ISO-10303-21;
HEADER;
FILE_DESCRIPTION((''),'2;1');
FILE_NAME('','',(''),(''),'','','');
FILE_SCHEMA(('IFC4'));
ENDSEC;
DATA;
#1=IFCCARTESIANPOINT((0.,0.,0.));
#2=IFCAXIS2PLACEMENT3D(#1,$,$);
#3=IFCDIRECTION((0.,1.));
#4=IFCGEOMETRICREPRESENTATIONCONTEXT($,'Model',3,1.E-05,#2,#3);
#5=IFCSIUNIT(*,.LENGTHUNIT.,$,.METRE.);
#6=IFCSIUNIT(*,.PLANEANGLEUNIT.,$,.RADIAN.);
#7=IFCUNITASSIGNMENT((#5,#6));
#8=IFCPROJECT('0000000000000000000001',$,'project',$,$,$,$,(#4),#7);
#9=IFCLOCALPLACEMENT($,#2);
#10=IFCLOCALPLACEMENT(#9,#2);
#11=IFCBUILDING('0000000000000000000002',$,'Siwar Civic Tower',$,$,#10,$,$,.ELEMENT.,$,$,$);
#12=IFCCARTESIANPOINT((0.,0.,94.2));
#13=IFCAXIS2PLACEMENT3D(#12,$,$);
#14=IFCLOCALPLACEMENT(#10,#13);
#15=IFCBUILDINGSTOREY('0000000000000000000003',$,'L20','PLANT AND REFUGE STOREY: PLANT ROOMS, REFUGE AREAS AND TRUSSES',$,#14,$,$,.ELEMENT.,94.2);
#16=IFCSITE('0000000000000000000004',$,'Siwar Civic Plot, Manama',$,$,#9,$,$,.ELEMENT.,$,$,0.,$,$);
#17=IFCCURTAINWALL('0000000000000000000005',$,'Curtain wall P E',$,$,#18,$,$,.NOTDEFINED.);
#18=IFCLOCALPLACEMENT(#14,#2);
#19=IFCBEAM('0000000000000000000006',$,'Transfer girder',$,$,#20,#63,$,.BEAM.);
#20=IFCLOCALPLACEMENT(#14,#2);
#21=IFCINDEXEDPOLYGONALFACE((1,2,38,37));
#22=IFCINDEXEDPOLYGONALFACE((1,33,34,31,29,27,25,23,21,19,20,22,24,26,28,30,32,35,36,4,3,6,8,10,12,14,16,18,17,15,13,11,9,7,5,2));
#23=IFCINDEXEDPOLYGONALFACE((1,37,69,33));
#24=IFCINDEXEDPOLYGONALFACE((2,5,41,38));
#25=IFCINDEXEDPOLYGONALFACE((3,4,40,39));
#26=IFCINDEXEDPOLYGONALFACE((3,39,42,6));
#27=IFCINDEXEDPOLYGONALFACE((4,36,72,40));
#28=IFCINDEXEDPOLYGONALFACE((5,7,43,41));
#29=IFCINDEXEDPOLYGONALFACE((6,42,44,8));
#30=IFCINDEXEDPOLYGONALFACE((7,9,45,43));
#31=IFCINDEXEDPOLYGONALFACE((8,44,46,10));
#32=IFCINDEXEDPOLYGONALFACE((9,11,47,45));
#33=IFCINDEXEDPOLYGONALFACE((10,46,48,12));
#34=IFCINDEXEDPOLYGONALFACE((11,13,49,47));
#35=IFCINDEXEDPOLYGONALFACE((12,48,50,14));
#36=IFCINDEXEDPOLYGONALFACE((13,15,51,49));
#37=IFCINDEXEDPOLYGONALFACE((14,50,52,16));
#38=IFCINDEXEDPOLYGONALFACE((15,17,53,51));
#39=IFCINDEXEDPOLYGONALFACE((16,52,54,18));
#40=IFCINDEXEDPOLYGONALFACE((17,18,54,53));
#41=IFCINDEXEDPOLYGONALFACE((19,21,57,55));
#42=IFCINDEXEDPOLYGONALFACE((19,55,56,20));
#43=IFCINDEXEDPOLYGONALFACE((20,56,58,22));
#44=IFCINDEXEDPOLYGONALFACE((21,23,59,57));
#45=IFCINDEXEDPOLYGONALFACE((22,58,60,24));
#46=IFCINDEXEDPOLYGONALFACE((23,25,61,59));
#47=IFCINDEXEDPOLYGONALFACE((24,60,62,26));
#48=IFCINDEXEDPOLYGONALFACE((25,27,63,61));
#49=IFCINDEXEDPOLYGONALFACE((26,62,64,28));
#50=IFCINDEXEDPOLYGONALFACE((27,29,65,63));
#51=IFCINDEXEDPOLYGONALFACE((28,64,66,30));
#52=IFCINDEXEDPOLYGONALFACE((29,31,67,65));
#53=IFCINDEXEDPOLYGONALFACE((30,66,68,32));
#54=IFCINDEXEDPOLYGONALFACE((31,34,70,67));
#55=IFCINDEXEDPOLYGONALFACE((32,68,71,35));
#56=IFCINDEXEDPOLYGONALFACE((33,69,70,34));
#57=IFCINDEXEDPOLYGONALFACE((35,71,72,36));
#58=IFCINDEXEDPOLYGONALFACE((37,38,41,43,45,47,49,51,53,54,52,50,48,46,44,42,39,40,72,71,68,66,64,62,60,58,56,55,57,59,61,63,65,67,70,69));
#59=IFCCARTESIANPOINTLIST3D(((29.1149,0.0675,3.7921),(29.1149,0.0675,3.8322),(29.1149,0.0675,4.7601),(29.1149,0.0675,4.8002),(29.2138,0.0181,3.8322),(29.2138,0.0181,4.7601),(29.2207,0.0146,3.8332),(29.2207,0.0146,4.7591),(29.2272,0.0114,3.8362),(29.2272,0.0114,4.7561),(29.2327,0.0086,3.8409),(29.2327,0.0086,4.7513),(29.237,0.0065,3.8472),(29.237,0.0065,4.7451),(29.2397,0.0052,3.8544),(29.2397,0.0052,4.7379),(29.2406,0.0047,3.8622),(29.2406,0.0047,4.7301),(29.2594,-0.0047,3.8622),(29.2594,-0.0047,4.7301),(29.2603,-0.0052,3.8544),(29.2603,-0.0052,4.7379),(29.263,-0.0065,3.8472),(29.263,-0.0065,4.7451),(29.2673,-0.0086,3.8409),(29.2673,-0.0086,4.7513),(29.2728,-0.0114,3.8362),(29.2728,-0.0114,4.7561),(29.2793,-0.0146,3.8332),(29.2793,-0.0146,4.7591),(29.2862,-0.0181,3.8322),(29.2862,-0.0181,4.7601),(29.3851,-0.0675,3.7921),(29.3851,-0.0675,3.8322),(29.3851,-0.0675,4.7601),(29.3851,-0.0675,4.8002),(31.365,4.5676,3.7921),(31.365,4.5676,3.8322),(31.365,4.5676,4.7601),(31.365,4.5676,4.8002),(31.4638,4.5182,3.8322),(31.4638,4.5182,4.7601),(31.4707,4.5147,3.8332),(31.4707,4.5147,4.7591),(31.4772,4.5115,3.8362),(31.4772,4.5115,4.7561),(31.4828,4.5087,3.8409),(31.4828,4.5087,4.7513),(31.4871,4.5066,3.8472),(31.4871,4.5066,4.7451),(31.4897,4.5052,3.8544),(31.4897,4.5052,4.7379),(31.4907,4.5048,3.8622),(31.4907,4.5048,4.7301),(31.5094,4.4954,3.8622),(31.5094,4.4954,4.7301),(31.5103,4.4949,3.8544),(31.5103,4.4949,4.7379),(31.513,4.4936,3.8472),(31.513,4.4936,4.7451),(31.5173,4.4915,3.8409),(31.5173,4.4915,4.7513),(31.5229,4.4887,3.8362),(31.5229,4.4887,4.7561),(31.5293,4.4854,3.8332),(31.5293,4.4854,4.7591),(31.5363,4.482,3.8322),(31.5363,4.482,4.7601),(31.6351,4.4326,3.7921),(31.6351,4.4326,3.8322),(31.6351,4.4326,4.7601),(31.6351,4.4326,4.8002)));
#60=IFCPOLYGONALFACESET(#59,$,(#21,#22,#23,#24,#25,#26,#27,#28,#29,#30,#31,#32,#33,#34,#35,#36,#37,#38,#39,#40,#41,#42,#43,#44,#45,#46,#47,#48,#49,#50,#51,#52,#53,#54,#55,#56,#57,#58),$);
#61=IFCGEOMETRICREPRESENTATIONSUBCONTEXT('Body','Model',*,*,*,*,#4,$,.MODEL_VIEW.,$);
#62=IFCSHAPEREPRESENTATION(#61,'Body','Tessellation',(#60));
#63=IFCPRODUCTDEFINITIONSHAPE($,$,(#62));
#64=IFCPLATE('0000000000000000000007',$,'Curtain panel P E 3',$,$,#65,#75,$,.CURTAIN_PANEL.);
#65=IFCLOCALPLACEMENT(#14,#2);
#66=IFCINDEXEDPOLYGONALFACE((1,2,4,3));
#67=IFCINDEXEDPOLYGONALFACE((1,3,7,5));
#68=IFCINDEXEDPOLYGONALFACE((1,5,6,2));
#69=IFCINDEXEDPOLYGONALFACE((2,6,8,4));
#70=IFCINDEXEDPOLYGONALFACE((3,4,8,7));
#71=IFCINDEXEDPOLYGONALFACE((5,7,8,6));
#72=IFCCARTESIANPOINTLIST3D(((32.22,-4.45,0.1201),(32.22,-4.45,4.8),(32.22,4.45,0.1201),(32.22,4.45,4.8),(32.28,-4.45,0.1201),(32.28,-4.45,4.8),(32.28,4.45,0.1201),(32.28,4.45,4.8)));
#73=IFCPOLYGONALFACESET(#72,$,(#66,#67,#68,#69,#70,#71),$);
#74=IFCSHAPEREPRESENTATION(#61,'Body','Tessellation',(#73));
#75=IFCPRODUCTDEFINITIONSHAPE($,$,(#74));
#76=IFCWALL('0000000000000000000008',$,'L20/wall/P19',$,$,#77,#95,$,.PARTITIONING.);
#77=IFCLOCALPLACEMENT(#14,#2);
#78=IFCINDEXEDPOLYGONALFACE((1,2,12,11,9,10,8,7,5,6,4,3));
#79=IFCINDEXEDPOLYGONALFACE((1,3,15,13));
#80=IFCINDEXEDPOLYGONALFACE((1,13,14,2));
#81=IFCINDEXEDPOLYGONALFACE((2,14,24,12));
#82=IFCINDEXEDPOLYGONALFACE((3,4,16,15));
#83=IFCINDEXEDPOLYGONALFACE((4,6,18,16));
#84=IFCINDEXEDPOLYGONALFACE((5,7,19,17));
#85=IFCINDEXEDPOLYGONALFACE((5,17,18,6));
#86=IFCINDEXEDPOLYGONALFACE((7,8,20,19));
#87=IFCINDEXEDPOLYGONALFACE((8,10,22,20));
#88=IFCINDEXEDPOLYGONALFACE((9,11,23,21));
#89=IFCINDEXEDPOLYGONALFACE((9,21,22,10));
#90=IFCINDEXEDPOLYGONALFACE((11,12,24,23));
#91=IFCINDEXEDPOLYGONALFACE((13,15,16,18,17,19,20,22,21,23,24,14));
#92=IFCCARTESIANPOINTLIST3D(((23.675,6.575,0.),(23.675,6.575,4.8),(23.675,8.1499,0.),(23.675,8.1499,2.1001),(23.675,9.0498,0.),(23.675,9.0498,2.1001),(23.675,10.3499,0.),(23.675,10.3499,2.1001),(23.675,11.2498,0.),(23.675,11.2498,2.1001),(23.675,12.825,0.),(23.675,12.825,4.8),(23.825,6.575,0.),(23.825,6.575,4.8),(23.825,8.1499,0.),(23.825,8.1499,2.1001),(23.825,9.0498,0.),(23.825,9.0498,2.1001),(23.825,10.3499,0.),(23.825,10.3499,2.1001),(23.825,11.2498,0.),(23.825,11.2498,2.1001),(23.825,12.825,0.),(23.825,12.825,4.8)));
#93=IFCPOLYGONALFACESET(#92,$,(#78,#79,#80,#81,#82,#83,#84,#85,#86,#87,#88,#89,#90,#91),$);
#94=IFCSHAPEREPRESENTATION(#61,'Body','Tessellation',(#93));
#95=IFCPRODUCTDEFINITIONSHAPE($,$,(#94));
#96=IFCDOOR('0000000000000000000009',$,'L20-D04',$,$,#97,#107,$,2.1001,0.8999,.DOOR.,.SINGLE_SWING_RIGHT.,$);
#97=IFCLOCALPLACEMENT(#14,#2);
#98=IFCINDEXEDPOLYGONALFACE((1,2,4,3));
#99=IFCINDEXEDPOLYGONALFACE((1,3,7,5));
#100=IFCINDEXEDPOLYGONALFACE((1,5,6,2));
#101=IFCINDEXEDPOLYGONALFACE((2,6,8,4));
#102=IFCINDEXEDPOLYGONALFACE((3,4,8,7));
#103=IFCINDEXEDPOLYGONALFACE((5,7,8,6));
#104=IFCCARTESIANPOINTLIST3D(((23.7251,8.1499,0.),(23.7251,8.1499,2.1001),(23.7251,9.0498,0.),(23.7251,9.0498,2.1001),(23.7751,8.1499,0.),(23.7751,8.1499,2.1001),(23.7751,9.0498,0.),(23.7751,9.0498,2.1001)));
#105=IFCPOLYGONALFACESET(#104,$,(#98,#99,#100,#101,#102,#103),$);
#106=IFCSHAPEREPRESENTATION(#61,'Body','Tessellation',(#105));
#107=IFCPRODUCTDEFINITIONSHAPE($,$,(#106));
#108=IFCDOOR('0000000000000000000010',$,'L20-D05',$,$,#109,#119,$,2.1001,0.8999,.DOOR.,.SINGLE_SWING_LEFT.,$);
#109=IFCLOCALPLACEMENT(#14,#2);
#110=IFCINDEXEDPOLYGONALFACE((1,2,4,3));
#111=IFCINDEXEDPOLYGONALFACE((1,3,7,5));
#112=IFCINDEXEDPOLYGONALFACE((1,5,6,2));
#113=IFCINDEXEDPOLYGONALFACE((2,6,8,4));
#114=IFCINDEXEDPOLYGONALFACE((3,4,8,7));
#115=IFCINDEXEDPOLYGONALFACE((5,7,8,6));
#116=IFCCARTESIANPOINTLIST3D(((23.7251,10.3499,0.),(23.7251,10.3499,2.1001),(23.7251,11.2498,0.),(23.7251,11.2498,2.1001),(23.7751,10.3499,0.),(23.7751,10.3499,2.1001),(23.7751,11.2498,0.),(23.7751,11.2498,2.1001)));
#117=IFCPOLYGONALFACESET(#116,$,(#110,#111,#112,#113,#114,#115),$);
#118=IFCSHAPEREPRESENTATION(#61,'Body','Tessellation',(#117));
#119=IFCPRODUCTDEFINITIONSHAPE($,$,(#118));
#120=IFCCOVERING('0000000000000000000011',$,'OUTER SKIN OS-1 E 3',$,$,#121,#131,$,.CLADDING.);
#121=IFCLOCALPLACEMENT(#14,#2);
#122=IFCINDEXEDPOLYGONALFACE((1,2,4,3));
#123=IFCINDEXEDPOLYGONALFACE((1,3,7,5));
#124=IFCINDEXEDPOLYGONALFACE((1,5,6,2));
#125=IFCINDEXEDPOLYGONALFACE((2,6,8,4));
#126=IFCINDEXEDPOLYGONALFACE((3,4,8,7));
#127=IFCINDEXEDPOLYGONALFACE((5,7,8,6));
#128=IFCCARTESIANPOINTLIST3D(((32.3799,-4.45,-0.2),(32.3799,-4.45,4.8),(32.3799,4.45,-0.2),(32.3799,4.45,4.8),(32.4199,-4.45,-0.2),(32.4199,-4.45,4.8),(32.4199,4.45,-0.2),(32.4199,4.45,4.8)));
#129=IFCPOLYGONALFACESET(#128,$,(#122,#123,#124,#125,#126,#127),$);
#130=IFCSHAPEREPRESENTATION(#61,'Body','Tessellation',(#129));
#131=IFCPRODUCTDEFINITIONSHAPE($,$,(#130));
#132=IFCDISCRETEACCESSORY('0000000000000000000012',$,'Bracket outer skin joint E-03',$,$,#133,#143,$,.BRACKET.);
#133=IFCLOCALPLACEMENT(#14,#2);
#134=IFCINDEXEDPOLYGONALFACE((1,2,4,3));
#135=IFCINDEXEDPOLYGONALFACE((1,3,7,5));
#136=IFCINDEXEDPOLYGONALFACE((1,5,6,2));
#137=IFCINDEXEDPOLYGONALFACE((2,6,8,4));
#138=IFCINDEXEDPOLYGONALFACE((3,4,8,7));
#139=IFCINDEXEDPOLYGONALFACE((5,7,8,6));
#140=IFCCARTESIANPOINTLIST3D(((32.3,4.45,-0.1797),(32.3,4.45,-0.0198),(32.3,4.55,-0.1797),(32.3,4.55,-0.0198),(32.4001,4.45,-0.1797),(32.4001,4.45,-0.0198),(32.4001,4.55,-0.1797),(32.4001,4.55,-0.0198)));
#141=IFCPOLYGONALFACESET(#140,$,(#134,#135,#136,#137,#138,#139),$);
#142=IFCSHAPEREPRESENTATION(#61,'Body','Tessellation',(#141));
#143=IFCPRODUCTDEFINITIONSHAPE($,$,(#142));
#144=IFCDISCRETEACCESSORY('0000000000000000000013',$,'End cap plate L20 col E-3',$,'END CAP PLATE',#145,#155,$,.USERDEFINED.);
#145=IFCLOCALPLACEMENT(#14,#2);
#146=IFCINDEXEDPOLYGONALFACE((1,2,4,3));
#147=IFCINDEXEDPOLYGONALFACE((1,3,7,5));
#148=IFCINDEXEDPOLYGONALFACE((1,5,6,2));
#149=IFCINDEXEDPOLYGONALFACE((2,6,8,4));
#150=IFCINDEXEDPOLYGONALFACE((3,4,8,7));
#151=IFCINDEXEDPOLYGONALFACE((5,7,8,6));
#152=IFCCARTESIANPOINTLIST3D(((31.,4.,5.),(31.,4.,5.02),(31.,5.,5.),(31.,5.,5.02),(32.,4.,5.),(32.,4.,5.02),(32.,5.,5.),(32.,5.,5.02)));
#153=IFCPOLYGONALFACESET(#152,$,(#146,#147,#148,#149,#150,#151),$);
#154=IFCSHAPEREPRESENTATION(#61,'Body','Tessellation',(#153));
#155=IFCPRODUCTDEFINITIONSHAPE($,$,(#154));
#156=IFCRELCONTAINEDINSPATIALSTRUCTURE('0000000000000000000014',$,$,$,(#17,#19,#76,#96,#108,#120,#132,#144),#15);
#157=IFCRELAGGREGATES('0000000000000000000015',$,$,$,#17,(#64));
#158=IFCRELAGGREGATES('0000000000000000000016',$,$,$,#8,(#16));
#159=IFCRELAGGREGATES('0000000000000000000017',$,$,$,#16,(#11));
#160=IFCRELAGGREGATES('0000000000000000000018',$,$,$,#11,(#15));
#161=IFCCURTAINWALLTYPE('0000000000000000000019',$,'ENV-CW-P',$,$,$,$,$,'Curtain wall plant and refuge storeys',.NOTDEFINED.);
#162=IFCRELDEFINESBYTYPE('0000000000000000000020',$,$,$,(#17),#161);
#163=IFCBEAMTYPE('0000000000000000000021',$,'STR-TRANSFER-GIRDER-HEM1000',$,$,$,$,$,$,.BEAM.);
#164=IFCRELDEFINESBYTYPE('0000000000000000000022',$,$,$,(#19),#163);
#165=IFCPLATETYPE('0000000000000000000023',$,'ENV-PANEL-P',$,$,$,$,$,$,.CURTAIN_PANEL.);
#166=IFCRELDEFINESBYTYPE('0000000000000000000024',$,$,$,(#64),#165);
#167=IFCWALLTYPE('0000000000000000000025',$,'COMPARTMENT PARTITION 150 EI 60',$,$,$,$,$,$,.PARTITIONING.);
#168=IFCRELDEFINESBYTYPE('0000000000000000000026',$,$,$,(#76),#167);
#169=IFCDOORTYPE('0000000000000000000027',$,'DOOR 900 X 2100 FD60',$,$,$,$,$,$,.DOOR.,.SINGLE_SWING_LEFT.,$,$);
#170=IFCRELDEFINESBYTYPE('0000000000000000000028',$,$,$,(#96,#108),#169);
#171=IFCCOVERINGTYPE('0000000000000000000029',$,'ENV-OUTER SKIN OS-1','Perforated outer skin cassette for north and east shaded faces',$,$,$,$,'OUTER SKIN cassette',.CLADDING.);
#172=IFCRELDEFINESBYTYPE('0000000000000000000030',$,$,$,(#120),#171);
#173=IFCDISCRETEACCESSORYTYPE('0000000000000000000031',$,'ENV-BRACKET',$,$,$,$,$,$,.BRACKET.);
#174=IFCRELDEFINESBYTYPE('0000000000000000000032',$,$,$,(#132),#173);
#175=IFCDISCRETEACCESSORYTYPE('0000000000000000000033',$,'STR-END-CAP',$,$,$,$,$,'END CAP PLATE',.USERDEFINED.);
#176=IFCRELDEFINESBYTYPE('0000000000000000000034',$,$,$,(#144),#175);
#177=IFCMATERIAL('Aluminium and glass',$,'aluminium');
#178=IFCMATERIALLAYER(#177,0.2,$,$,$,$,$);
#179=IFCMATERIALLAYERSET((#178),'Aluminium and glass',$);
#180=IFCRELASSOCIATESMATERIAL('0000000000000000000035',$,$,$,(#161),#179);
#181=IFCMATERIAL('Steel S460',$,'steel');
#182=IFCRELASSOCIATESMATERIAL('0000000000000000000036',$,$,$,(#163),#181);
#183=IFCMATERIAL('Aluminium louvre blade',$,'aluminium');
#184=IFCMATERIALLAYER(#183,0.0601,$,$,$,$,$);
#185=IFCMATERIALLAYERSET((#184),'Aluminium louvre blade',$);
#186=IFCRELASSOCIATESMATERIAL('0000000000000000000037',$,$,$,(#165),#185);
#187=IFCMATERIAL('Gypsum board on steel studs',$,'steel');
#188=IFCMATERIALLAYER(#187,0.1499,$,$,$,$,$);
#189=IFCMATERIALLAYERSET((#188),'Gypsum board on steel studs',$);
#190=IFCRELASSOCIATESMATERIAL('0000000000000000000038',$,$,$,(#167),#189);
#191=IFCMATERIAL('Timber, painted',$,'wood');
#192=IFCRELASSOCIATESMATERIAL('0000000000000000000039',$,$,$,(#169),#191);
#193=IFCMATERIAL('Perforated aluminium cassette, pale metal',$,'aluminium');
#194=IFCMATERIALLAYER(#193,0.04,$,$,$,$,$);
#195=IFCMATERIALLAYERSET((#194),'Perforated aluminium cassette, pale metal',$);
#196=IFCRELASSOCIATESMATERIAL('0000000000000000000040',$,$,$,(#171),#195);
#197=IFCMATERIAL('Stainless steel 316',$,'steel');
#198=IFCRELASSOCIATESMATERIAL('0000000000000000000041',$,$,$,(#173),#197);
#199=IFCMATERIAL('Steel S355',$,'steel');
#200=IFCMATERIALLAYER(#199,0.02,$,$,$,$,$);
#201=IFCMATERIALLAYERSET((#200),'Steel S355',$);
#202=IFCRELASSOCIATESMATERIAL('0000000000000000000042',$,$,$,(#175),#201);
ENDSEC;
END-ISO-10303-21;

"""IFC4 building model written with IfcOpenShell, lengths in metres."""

from ifc_helpers import new_model, si_unit, direction, frame, frame_2d, origin, origin_2d, place, context, subcontext, project, spatial, rectangle, i_section, extrude, material, layer, layer_set, material_profile, profile_set, type_object, element, fill, aggregate, save


model = new_model("IFC4")

# Units and contexts
model_context = context("Model", 3, precision=1e-05, world=origin(), true_north=direction((0.0, 1.0)))
body_context = subcontext(model_context, "Body", "Model", "MODEL_VIEW")
ifc_project = project(units=[si_unit("LENGTHUNIT", "METRE"), si_unit("PLANEANGLEUNIT", "RADIAN")], contexts=[model_context])

# Site, building, storey
site_placement = place(None, origin())
site = spatial("IfcSite", under=ifc_project, at=site_placement, Name="Siwar Civic Plot, Manama", CompositionType="ELEMENT", RefElevation=0.0)
building_placement = place(site_placement, origin())
building = spatial("IfcBuilding", under=site, at=building_placement, Name="Siwar Civic Tower", CompositionType="ELEMENT")
storey_placement = place(building_placement, frame((0.0, 0.0, 94.2)))
storey = spatial("IfcBuildingStorey", under=building, at=storey_placement, Name="L20", Description="PLANT AND REFUGE STOREY: PLANT ROOMS, REFUGE AREAS AND TRUSSES", CompositionType="ELEMENT", Elevation=94.2)

# Curtain wall
ifc_material_1 = material(Name="Aluminium and glass", Category="aluminium")
ifc_layer_1 = layer(ifc_material_1, 0.2)
ifc_layer_set_1 = layer_set([ifc_layer_1], Name="Aluminium and glass")
curtain_wall_type = type_object("IfcCurtainWallType", Name="ENV-CW-P", ElementType="Curtain wall plant and refuge storeys", PredefinedType="NOTDEFINED", material=ifc_layer_set_1)
curtain_wall_placement = place(storey_placement, origin())
curtain_wall = element("IfcCurtainWall", 1, at=curtain_wall_placement, inside=storey, type_object=curtain_wall_type, Name="Curtain wall P E", PredefinedType="NOTDEFINED")

# Beam
ifc_material_2 = material(Name="Steel S460", Category="steel")
ifc_material_profile_1 = material_profile(ifc_material_2, i_section(OverallWidth=0.302, OverallDepth=1.0081, WebThickness=0.021, FlangeThickness=0.04, FilletRadius=0.03, at=origin_2d()), Name="HEM1000")
ifc_profile_set_1 = profile_set([ifc_material_profile_1], Name="Steel S460")
beam_type_1 = type_object("IfcBeamType", Name="STR-TRANSFER-GIRDER-HEM1000", PredefinedType="BEAM", material=ifc_profile_set_1)
for number, where, z_axis, x_axis, name in (
    (2, (29.25, 0.0, 4.2961), (0.447214, 0.894427, 0.0), (-0.894427, 0.447214, 0.0), "Transfer girder"),
):
    element("IfcBeam", number, at=place(storey_placement, frame(where, z_axis=z_axis, x_axis=x_axis)), inside=storey, type_object=beam_type_1, Name=name, PredefinedType="BEAM", context=body_context, shape_type="SweptSolid", body=[
        extrude(i_section(OverallWidth=0.302, OverallDepth=1.0081, WebThickness=0.021, FlangeThickness=0.04, FilletRadius=0.03, at=origin_2d()), origin(), (0.0, 0.0, 1.0), 5.0312),
    ])

# Plate
ifc_material_3 = material(Name="Aluminium louvre blade", Category="aluminium")
ifc_layer_2 = layer(ifc_material_3, 0.0601)
ifc_layer_set_2 = layer_set([ifc_layer_2], Name="Aluminium louvre blade")
plate_type = type_object("IfcPlateType", Name="ENV-PANEL-P", PredefinedType="CURTAIN_PANEL", material=ifc_layer_set_2)
plate_placement = place(storey_placement, frame((32.25, 0.0, 0.1201), z_axis=(0.0, 0.0, 1.0), x_axis=(0.0, 1.0, 0.0)))
plate = element("IfcPlate", 3, at=plate_placement, type_object=plate_type, Name="Curtain panel P E 3", PredefinedType="CURTAIN_PANEL", context=body_context, shape_type="SweptSolid", body=[
    extrude(rectangle(XDim=8.8999, YDim=0.0601, at=origin_2d()), origin(), (0.0, 0.0, 1.0), 4.6799),
])
aggregate(curtain_wall, [plate])

# Wall, openings, doors
ifc_material_4 = material(Name="Gypsum board on steel studs", Category="steel")
ifc_layer_3 = layer(ifc_material_4, 0.1499)
ifc_layer_set_3 = layer_set([ifc_layer_3], Name="Gypsum board on steel studs")
wall_type = type_object("IfcWallType", Name="COMPARTMENT PARTITION 150 EI 60", PredefinedType="PARTITIONING", material=ifc_layer_set_3)
wall_placement = place(storey_placement, frame((23.75, 6.575, 0.0), z_axis=(0.0, 0.0, 1.0), x_axis=(0.0, 1.0, 0.0)))
wall = element("IfcWall", 4, at=wall_placement, inside=storey, type_object=wall_type, Name="L20/wall/P19", PredefinedType="PARTITIONING", context=body_context, shape_type="SweptSolid", body=[
    extrude(rectangle(XDim=6.25, YDim=0.1499, at=frame_2d((3.125, 0.0))), origin(), (0.0, 0.0, 1.0), 4.8),
])
opening_1_placement = place(wall_placement, frame((1.575, 0.0, 0.0)))
opening_1 = element("IfcOpeningElement", 5, at=opening_1_placement, cuts=wall, PredefinedType="OPENING", context=body_context, shape_type="SweptSolid", body=[
    extrude(rectangle(XDim=0.8999, YDim=2.1001, at=frame_2d((0.45, 1.05))), frame((0.0, 0.085, 0.0), z_axis=(0.0, -1.0, 0.0), x_axis=(1.0, 0.0, 0.0)), (0.0, 0.0, 1.0), 0.1699),
])
opening_2_placement = place(wall_placement, frame((3.7749, 0.0, 0.0)))
opening_2 = element("IfcOpeningElement", 6, at=opening_2_placement, cuts=wall, PredefinedType="OPENING", context=body_context, shape_type="SweptSolid", body=[
    extrude(rectangle(XDim=0.8999, YDim=2.1001, at=frame_2d((0.45, 1.05))), frame((0.0, 0.085, 0.0), z_axis=(0.0, -1.0, 0.0), x_axis=(1.0, 0.0, 0.0)), (0.0, 0.0, 1.0), 0.1699),
])
ifc_material_5 = material(Name="Timber, painted", Category="wood")
door_type = type_object("IfcDoorType", Name="DOOR 900 X 2100 FD60", OperationType="SINGLE_SWING_LEFT", PredefinedType="DOOR", material=ifc_material_5)
door_1_placement = place(opening_1_placement, origin())
door_1 = element("IfcDoor", 7, at=door_1_placement, inside=storey, type_object=door_type, Name="L20-D04", OperationType="SINGLE_SWING_RIGHT", OverallHeight=2.1001, OverallWidth=0.8999, PredefinedType="DOOR", context=body_context, shape_type="SweptSolid", body=[
    extrude(rectangle(XDim=0.8999, YDim=2.1001, at=frame_2d((0.45, 1.05))), frame((0.0, 0.0249, 0.0), z_axis=(0.0, -1.0, 0.0), x_axis=(1.0, 0.0, 0.0)), (0.0, 0.0, 1.0), 0.05),
])
fill(opening_1, door_1)
door_2_placement = place(opening_2_placement, origin())
door_2 = element("IfcDoor", 8, at=door_2_placement, inside=storey, type_object=door_type, Name="L20-D05", OperationType="SINGLE_SWING_LEFT", OverallHeight=2.1001, OverallWidth=0.8999, PredefinedType="DOOR", context=body_context, shape_type="SweptSolid", body=[
    extrude(rectangle(XDim=0.8999, YDim=2.1001, at=frame_2d((0.45, 1.05))), frame((0.0, 0.0249, 0.0), z_axis=(0.0, -1.0, 0.0), x_axis=(1.0, 0.0, 0.0)), (0.0, 0.0, 1.0), 0.05),
])
fill(opening_2, door_2)

# Covering
ifc_material_6 = material(Name="Perforated aluminium cassette, pale metal", Category="aluminium")
ifc_layer_4 = layer(ifc_material_6, 0.04)
ifc_layer_set_4 = layer_set([ifc_layer_4], Name="Perforated aluminium cassette, pale metal")
covering_type = type_object("IfcCoveringType", Name="ENV-OUTER SKIN OS-1", Description="Perforated outer skin cassette for north and east shaded faces", ElementType="OUTER SKIN cassette", PredefinedType="CLADDING", material=ifc_layer_set_4)
covering_placement = place(storey_placement, frame((32.3999, 0.0, -0.2), z_axis=(0.0, 0.0, 1.0), x_axis=(0.0, 1.0, 0.0)))
element("IfcCovering", 9, at=covering_placement, inside=storey, type_object=covering_type, Name="OUTER SKIN OS-1 E 3", PredefinedType="CLADDING", context=body_context, shape_type="SweptSolid", body=[
    extrude(rectangle(XDim=8.8999, YDim=0.04, at=origin_2d()), origin(), (0.0, 0.0, 1.0), 5.0),
])

# Discrete accessories
ifc_material_7 = material(Name="Stainless steel 316", Category="steel")
discrete_accessory_type_1 = type_object("IfcDiscreteAccessoryType", Name="ENV-BRACKET", PredefinedType="BRACKET", material=ifc_material_7)
discrete_accessory_1_placement = place(storey_placement, frame((32.3501, 4.5, -0.1797), z_axis=(0.0, 0.0, 1.0), x_axis=(1.0, 0.0, 0.0)))
element("IfcDiscreteAccessory", 10, at=discrete_accessory_1_placement, inside=storey, type_object=discrete_accessory_type_1, Name="Bracket outer skin joint E-03", PredefinedType="BRACKET", context=body_context, shape_type="SweptSolid", body=[
    extrude(rectangle(XDim=0.1001, YDim=0.1001, at=origin_2d()), origin(), (0.0, 0.0, 1.0), 0.1599),
])
ifc_material_8 = material(Name="Steel S355", Category="steel")
ifc_layer_5 = layer(ifc_material_8, 0.02)
ifc_layer_set_5 = layer_set([ifc_layer_5], Name="Steel S355")
discrete_accessory_type_2 = type_object("IfcDiscreteAccessoryType", Name="STR-END-CAP", ElementType="END CAP PLATE", PredefinedType="USERDEFINED", material=ifc_layer_set_5)
discrete_accessory_2_placement = place(storey_placement, frame((31.5, 4.5, 5.0), z_axis=(0.0, 0.0, 1.0), x_axis=(1.0, 0.0, 0.0)))
element("IfcDiscreteAccessory", 11, at=discrete_accessory_2_placement, inside=storey, type_object=discrete_accessory_type_2, Name="End cap plate L20 col E-3", ObjectType="END CAP PLATE", PredefinedType="USERDEFINED", context=body_context, shape_type="SweptSolid", body=[
    extrude(rectangle(XDim=1.0, YDim=1.0, at=origin_2d()), origin(), (0.0, 0.0, 1.0), 0.02),
])

save(model, "model.ifc")
